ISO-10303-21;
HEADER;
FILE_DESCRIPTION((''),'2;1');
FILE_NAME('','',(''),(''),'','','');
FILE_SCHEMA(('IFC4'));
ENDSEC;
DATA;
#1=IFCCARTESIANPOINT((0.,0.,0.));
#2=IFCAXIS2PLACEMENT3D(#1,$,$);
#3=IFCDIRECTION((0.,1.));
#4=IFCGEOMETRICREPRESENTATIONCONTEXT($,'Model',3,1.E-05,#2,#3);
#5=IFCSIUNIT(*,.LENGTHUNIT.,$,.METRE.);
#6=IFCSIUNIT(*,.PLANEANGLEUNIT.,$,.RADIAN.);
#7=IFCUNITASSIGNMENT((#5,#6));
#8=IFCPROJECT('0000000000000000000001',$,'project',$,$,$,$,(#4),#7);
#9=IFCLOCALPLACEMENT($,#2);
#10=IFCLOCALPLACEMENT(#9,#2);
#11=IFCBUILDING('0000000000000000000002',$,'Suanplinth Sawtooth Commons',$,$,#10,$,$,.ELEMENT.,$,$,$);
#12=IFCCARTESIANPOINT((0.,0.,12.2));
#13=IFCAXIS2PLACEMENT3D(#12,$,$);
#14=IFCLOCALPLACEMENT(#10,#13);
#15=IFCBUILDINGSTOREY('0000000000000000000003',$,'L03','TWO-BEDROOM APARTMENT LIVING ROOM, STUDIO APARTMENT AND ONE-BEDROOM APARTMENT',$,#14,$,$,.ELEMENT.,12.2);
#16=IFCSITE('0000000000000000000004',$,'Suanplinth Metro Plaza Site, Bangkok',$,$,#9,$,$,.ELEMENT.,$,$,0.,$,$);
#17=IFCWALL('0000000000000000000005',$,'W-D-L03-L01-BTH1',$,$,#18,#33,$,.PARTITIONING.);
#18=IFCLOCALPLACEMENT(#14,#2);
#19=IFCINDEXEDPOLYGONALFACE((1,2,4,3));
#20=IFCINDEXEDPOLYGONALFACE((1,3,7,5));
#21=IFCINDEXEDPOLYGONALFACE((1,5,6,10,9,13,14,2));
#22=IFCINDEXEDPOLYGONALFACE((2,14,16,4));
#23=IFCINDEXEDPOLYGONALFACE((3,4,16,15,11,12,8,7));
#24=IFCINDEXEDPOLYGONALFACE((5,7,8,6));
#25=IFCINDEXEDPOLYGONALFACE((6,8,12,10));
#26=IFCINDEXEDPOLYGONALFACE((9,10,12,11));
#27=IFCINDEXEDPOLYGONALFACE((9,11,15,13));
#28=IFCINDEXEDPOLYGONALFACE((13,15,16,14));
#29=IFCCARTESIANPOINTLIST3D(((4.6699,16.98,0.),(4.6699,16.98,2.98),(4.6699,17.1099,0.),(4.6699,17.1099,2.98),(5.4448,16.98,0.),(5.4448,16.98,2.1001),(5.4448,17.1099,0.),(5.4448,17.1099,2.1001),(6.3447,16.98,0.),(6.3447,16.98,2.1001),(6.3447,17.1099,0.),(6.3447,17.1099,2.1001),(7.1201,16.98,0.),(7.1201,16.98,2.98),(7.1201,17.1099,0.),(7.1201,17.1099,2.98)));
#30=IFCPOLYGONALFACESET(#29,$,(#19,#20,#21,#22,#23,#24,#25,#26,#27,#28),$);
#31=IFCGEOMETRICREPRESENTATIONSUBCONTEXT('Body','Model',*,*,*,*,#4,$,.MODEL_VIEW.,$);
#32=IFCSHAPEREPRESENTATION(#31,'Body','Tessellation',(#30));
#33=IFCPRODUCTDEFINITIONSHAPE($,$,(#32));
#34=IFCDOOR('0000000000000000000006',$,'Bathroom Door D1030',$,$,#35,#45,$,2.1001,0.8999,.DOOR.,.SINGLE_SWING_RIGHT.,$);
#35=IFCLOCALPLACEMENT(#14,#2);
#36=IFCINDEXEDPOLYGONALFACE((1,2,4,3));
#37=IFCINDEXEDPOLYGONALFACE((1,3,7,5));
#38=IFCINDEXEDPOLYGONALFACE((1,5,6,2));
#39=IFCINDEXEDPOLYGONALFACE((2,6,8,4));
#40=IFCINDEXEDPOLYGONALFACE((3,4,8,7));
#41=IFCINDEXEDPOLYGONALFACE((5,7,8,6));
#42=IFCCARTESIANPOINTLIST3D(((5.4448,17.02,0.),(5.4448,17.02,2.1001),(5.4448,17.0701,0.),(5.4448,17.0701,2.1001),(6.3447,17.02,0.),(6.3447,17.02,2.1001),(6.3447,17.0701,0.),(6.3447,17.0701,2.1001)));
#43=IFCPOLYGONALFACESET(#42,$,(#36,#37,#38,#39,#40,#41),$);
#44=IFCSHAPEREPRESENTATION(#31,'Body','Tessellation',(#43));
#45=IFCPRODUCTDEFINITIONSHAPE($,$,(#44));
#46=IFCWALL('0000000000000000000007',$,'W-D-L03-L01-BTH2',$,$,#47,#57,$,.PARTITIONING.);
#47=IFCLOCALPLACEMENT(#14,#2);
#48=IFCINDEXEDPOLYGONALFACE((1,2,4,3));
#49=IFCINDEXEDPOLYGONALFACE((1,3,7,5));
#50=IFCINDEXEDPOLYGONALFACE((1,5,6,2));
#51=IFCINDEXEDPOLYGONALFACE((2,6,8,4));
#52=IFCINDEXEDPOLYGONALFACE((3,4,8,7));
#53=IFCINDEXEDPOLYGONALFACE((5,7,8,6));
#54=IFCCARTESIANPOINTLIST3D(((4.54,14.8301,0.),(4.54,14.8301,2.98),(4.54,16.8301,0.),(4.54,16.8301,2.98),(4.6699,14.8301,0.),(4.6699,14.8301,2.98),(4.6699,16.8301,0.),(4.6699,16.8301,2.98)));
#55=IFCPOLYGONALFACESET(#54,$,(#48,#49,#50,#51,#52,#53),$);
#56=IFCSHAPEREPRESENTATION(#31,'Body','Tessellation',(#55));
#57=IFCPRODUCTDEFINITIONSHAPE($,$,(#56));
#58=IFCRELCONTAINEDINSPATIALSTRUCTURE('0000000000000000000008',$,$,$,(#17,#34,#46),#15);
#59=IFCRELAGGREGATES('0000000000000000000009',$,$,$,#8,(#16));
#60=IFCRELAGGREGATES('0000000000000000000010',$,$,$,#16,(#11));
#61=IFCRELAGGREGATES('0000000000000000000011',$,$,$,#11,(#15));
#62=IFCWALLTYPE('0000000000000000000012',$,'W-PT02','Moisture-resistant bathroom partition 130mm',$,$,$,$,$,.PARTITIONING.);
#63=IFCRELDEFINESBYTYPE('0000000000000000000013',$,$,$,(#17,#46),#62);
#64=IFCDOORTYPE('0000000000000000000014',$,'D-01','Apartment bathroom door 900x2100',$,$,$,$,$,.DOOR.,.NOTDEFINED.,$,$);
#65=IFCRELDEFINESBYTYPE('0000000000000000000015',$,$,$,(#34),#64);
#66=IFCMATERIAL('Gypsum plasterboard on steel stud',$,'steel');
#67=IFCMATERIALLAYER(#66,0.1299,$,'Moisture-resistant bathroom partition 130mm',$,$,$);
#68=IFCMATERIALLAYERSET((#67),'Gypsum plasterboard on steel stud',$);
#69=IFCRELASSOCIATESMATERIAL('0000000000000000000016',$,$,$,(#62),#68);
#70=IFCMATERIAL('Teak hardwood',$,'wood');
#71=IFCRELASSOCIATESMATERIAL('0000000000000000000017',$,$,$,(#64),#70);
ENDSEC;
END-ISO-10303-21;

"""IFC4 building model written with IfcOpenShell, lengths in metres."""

from ifc_helpers import new_model, si_unit, direction, frame, frame_2d, origin, place, context, subcontext, project, spatial, rectangle, extrude, material, layer, layer_set, type_object, element, fill, save


model = new_model("IFC4")

# Units and contexts
model_context = context("Model", 3, precision=1e-05, world=origin(), true_north=direction((0.0, 1.0)))
body_context = subcontext(model_context, "Body", "Model", "MODEL_VIEW")
ifc_project = project(units=[si_unit("LENGTHUNIT", "METRE"), si_unit("PLANEANGLEUNIT", "RADIAN")], contexts=[model_context])

# Site, building, storey
site_placement = place(None, origin())
site = spatial("IfcSite", under=ifc_project, at=site_placement, Name="Suanplinth Metro Plaza Site, Bangkok", CompositionType="ELEMENT", RefElevation=0.0)
building_placement = place(site_placement, origin())
building = spatial("IfcBuilding", under=site, at=building_placement, Name="Suanplinth Sawtooth Commons", CompositionType="ELEMENT")
storey_placement = place(building_placement, frame((0.0, 0.0, 12.2)))
storey = spatial("IfcBuildingStorey", under=building, at=storey_placement, Name="L03", Description="TWO-BEDROOM APARTMENT LIVING ROOM, STUDIO APARTMENT AND ONE-BEDROOM APARTMENT", CompositionType="ELEMENT", Elevation=12.2)

# Wall, opening, door
ifc_material_1 = material(Name="Gypsum plasterboard on steel stud", Category="steel")
ifc_layer_1 = layer(ifc_material_1, 0.1299, Name="Moisture-resistant bathroom partition 130mm")
ifc_layer_set_1 = layer_set([ifc_layer_1], Name="Gypsum plasterboard on steel stud")
wall_type_1 = type_object("IfcWallType", Name="W-PT02", Description="Moisture-resistant bathroom partition 130mm", PredefinedType="PARTITIONING", material=ifc_layer_set_1)
wall_1_placement = place(storey_placement, frame((4.6699, 17.0449, 0.0), z_axis=(0.0, 0.0, 1.0), x_axis=(1.0, 0.0, 0.0)))
wall_1 = element("IfcWall", 1, at=wall_1_placement, inside=storey, type_object=wall_type_1, Name="W-D-L03-L01-BTH1", PredefinedType="PARTITIONING", context=body_context, shape_type="SweptSolid", body=[
    extrude(rectangle(XDim=2.4502, YDim=0.1299, at=frame_2d((1.2251, 0.0))), origin(), (0.0, 0.0, 1.0), 2.98),
])
opening_1_placement = place(wall_1_placement, frame((0.7749, 0.0, 0.0)))
opening_1 = element("IfcOpeningElement", 2, at=opening_1_placement, cuts=wall_1, PredefinedType="OPENING", context=body_context, shape_type="SweptSolid", body=[
    extrude(rectangle(XDim=0.8999, YDim=2.1001, at=frame_2d((0.45, 1.05))), frame((0.0, 0.0798, 0.0), z_axis=(0.0, -1.0, 0.0), x_axis=(1.0, 0.0, 0.0)), (0.0, 0.0, 1.0), 0.1597),
])
ifc_material_2 = material(Name="Teak hardwood", Category="wood")
door_type_1 = type_object("IfcDoorType", Name="D-01", Description="Apartment bathroom door 900x2100", OperationType="NOTDEFINED", PredefinedType="DOOR", material=ifc_material_2)
door_1_placement = place(opening_1_placement, frame((0.8999, 0.0, 0.0), z_axis=(0.0, 0.0, 1.0), x_axis=(-1.0, 0.0, 0.0)))
door_1 = element("IfcDoor", 3, at=door_1_placement, inside=storey, type_object=door_type_1, Name="Bathroom Door D1030", OperationType="SINGLE_SWING_RIGHT", OverallHeight=2.1001, OverallWidth=0.8999, PredefinedType="DOOR", context=body_context, shape_type="SweptSolid", body=[
    extrude(rectangle(XDim=0.8999, YDim=2.1001, at=frame_2d((0.45, 1.05))), frame((0.0, 0.0249, 0.0), z_axis=(0.0, -1.0, 0.0), x_axis=(1.0, 0.0, 0.0)), (0.0, 0.0, 1.0), 0.05),
])
fill(opening_1, door_1)

# Wall
wall_2_placement = place(storey_placement, frame((4.605, 14.8301, 0.0), z_axis=(0.0, 0.0, 1.0), x_axis=(0.0, 1.0, 0.0)))
element("IfcWall", 4, at=wall_2_placement, inside=storey, type_object=wall_type_1, Name="W-D-L03-L01-BTH2", PredefinedType="PARTITIONING", context=body_context, shape_type="SweptSolid", body=[
    extrude(rectangle(XDim=2.0, YDim=0.1299, at=frame_2d((1.0, 0.0))), origin(), (0.0, 0.0, 1.0), 2.98),
])

save(model, "model.ifc")
